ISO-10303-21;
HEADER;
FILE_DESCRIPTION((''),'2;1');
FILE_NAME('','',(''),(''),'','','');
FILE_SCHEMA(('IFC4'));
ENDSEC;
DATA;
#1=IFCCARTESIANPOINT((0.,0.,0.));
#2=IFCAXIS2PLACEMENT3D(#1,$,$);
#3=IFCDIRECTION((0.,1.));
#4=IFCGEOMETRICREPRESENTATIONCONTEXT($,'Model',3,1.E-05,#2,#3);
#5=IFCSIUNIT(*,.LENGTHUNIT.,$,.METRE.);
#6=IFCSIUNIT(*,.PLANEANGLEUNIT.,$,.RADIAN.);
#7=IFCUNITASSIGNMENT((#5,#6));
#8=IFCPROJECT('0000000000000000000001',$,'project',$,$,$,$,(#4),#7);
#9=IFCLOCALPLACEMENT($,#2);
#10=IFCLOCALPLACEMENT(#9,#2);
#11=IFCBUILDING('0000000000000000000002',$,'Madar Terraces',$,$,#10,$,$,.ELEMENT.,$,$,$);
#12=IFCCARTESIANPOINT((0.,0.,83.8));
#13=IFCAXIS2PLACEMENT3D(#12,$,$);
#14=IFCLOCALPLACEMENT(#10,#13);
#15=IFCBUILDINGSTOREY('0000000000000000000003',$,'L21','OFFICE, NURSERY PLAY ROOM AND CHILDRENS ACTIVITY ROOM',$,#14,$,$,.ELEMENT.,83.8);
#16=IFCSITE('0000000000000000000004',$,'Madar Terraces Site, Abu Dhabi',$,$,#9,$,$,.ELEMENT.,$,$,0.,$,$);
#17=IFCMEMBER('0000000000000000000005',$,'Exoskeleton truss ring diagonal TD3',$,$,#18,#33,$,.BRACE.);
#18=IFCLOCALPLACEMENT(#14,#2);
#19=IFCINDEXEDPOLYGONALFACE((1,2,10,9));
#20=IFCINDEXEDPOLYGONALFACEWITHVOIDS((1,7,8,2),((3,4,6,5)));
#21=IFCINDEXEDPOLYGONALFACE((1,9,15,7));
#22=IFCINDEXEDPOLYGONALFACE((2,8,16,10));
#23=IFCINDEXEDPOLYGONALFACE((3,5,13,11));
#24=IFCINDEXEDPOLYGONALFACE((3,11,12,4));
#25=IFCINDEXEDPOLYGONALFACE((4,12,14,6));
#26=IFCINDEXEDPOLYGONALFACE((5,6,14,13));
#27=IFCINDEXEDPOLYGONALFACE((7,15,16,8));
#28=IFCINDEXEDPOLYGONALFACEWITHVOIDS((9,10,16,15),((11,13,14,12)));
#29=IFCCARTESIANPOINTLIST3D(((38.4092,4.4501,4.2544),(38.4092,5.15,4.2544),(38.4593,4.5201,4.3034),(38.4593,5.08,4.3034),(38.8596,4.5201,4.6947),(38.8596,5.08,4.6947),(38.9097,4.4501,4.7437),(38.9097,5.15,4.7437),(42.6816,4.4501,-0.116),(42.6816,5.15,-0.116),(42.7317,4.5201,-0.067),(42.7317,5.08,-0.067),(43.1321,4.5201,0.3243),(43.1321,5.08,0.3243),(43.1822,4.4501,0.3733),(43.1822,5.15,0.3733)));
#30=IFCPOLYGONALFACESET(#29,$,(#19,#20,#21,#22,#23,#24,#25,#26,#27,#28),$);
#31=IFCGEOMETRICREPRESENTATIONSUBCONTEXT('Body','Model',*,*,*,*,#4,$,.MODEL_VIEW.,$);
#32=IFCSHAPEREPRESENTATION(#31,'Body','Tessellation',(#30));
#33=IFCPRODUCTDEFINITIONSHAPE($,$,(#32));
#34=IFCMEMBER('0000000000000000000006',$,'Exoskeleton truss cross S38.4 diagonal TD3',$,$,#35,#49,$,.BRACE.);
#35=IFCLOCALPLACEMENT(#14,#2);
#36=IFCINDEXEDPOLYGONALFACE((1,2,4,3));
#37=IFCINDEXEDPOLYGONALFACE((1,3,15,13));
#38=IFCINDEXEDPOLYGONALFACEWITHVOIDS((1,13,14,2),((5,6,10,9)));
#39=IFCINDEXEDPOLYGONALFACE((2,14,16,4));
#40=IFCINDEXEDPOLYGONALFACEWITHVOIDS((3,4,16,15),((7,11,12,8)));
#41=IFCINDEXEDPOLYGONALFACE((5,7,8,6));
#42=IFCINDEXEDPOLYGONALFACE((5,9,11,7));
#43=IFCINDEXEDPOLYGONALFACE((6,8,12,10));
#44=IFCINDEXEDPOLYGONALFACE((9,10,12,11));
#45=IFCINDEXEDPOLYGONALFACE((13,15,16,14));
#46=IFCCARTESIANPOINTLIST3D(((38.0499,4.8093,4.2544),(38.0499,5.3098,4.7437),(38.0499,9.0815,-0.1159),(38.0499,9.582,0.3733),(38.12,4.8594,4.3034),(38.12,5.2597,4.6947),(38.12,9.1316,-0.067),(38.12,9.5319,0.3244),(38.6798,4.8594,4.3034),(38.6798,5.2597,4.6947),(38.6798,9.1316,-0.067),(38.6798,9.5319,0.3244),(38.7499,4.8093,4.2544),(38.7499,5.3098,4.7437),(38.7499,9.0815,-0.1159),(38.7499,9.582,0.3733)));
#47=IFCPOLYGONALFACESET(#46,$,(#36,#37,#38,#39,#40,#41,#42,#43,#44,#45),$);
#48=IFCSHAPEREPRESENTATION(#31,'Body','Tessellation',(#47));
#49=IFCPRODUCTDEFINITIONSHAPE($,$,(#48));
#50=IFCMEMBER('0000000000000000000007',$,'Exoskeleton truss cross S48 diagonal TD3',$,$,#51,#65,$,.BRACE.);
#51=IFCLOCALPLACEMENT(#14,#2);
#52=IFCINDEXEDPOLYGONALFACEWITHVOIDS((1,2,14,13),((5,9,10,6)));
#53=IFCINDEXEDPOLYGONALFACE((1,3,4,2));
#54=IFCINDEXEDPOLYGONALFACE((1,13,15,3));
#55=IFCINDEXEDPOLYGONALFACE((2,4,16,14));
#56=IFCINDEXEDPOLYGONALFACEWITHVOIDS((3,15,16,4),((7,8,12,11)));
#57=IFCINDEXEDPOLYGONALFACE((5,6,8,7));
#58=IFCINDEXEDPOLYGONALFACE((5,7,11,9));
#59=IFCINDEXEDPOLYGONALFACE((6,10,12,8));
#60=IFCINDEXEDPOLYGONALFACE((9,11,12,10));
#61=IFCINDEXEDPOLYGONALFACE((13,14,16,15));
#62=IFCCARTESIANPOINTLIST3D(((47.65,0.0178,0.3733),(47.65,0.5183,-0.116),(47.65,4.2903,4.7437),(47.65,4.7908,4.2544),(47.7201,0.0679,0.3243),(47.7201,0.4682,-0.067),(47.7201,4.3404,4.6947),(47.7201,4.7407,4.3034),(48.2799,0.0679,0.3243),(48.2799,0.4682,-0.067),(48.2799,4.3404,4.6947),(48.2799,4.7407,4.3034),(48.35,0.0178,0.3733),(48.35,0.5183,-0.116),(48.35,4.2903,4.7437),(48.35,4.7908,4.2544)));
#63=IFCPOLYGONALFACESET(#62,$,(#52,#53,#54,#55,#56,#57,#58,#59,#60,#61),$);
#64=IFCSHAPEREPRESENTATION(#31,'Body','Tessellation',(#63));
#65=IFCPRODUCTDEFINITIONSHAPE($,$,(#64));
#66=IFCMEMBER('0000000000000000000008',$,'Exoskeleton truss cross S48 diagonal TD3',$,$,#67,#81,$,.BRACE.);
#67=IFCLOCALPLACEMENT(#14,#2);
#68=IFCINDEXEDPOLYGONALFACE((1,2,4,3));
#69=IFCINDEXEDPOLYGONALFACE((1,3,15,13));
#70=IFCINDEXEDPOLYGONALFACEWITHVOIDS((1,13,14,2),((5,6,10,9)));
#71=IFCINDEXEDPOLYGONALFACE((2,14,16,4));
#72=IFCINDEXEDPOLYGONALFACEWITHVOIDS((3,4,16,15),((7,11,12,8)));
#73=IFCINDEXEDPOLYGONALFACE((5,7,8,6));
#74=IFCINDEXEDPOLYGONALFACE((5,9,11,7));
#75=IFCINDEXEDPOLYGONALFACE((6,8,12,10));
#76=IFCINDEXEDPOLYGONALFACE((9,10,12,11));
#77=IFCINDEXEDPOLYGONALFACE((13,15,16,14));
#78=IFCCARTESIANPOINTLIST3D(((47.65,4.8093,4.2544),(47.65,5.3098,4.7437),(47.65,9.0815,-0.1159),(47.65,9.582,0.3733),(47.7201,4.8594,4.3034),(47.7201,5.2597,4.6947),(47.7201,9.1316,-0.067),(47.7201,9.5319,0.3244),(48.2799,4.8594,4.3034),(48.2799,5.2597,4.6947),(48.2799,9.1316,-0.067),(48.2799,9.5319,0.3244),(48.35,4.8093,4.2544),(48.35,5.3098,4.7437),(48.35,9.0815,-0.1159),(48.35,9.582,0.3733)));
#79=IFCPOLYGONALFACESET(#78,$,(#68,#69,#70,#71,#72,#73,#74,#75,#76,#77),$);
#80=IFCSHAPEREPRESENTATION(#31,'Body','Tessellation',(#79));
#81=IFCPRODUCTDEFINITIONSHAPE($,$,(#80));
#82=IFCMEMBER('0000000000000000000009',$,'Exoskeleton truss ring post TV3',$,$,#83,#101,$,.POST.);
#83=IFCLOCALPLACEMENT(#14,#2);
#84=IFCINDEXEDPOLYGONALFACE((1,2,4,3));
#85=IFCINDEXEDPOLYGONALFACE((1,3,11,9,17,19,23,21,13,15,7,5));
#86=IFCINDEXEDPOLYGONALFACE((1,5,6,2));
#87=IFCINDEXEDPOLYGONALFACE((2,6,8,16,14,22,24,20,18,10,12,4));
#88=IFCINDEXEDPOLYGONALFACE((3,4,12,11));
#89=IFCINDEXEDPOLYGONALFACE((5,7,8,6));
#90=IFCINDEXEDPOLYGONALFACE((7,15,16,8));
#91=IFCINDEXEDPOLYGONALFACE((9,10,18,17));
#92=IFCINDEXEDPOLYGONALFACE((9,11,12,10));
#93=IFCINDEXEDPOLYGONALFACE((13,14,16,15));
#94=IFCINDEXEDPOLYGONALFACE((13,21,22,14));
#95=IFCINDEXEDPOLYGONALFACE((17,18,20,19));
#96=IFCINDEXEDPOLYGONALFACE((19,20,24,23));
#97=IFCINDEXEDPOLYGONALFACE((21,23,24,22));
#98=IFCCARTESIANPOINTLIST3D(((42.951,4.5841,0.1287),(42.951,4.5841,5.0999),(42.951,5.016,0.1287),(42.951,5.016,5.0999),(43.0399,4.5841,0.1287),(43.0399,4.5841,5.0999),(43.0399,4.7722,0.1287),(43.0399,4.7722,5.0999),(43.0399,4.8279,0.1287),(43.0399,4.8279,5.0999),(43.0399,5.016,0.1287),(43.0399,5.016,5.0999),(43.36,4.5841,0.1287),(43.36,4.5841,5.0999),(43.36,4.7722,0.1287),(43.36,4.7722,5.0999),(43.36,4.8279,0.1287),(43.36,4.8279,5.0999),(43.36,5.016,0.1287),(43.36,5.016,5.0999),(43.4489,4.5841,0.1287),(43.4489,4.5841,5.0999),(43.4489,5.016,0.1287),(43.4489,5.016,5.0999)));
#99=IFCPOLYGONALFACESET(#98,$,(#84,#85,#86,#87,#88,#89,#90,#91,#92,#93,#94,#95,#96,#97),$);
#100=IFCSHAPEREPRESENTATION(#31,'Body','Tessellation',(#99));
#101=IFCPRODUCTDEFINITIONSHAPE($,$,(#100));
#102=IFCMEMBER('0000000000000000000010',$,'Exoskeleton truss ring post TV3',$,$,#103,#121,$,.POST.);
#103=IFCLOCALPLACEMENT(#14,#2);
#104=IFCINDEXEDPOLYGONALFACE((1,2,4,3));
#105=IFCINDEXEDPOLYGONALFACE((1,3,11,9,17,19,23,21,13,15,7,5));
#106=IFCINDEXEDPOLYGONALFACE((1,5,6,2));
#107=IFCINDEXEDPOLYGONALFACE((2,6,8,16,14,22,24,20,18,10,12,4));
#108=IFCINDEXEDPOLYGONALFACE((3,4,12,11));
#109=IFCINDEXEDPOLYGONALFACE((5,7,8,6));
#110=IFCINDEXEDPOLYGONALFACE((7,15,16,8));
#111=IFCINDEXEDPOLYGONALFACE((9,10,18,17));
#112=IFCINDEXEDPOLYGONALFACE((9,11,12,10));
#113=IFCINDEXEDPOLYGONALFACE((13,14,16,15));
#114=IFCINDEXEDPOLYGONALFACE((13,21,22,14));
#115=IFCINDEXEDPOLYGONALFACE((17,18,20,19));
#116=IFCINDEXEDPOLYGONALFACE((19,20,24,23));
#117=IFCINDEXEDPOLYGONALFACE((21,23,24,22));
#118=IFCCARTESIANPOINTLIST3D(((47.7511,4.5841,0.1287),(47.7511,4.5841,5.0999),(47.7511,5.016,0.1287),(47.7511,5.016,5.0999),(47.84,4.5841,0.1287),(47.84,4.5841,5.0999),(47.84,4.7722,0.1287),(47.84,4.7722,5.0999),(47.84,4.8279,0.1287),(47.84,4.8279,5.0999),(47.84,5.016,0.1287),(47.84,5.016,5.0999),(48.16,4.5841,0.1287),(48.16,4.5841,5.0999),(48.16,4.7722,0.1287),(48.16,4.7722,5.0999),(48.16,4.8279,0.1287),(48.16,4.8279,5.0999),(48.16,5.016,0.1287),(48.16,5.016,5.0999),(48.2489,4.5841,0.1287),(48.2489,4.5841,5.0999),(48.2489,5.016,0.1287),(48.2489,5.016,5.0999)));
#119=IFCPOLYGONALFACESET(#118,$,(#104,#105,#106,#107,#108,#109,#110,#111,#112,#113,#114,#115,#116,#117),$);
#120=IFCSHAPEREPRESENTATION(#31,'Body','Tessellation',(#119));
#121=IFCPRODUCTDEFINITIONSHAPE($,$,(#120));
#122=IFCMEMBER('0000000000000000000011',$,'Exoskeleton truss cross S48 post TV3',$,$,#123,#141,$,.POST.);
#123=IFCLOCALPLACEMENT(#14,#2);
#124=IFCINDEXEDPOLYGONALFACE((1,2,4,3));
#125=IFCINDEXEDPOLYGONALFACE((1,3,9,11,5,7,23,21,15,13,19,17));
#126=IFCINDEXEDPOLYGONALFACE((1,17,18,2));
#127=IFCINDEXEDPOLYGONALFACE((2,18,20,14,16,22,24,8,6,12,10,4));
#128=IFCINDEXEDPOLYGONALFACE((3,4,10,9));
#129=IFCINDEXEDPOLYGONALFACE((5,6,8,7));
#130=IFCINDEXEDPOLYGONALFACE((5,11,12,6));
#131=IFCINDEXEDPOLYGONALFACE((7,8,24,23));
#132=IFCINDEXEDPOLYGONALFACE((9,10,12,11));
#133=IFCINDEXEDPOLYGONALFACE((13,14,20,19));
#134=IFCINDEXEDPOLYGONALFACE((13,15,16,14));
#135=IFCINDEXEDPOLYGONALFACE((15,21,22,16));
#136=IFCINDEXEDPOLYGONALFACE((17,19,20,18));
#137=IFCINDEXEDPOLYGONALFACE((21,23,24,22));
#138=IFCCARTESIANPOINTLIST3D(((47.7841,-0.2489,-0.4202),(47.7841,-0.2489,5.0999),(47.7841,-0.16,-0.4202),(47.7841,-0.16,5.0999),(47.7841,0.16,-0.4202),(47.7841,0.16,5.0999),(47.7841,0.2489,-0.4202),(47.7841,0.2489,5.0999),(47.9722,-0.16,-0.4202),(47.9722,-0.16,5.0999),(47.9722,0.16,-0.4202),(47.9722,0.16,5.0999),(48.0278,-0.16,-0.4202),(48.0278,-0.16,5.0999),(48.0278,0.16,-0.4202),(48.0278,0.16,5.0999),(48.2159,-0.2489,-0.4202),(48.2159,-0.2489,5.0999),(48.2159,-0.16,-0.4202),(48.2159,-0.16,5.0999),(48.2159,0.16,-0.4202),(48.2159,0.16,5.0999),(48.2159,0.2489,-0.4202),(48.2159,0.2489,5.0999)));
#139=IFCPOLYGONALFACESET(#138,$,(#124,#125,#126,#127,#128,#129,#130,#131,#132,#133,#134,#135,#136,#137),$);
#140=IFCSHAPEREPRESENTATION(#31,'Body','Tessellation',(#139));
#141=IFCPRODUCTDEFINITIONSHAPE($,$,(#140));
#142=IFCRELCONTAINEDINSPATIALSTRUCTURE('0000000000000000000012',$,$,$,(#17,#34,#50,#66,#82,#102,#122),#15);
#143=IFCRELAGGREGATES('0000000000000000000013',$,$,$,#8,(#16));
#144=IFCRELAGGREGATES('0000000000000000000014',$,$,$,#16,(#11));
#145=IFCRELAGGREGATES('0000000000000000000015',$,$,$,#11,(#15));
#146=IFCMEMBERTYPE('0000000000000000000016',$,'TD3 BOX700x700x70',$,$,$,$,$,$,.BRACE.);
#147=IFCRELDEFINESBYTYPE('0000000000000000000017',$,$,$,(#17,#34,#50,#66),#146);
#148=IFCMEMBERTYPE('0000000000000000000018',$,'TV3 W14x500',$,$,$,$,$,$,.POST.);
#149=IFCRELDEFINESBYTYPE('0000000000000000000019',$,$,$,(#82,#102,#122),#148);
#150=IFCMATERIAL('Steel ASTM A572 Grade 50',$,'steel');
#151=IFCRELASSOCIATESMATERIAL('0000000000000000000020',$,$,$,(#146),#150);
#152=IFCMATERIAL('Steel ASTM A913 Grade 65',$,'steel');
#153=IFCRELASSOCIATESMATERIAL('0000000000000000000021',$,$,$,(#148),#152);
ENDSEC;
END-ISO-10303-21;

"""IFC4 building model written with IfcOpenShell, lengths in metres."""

from ifc_helpers import new_model, si_unit, direction, frame, origin, origin_2d, place, context, subcontext, project, spatial, hollow_rectangle, i_section, extrude, material, material_profile, profile_set, type_object, element, save


model = new_model("IFC4")

# Units and contexts
model_context = context("Model", 3, precision=1e-05, world=origin(), true_north=direction((0.0, 1.0)))
body_context = subcontext(model_context, "Body", "Model", "MODEL_VIEW")
ifc_project = project(units=[si_unit("LENGTHUNIT", "METRE"), si_unit("PLANEANGLEUNIT", "RADIAN")], contexts=[model_context])

# Site, building, storey
site_placement = place(None, origin())
site = spatial("IfcSite", under=ifc_project, at=site_placement, Name="Madar Terraces Site, Abu Dhabi", CompositionType="ELEMENT", RefElevation=0.0)
building_placement = place(site_placement, origin())
building = spatial("IfcBuilding", under=site, at=building_placement, Name="Madar Terraces", CompositionType="ELEMENT")
storey_placement = place(building_placement, frame((0.0, 0.0, 83.8)))
storey = spatial("IfcBuildingStorey", under=building, at=storey_placement, Name="L21", Description="OFFICE, NURSERY PLAY ROOM AND CHILDRENS ACTIVITY ROOM", CompositionType="ELEMENT", Elevation=83.8)

# Members
ifc_material_1 = material(Name="Steel ASTM A572 Grade 50", Category="steel")
ifc_material_profile_1 = material_profile(ifc_material_1, hollow_rectangle(XDim=0.7, YDim=0.7, WallThickness=0.0701, at=origin_2d()), Name="BOX700x700x70")
ifc_profile_set_1 = profile_set([ifc_material_profile_1], Name="Steel ASTM A572 Grade 50")
member_type_1 = type_object("IfcMemberType", Name="TD3 BOX700x700x70", PredefinedType="BRACE", material=ifc_profile_set_1)
member_1_placement = place(storey_placement, frame((38.6594, 4.8, 4.499), z_axis=(0.699052, 0.0, -0.715071), x_axis=(0.0, 1.0, 0.0)))
element("IfcMember", 1, at=member_1_placement, inside=storey, type_object=member_type_1, Name="Exoskeleton truss ring diagonal TD3", PredefinedType="BRACE", context=body_context, shape_type="SweptSolid", body=[
    extrude(hollow_rectangle(XDim=0.7, YDim=0.7, WallThickness=0.0701, at=origin_2d()), origin(), (0.0, 0.0, 1.0), 6.1118),
])
member_2_placement = place(storey_placement, frame((38.3999, 5.0596, 4.499), z_axis=(0.0, 0.699032, -0.715091), x_axis=(-1.0, 0.0, 0.0)))
element("IfcMember", 2, at=member_2_placement, inside=storey, type_object=member_type_1, Name="Exoskeleton truss cross S38.4 diagonal TD3", PredefinedType="BRACE", context=body_context, shape_type="SweptSolid", body=[
    extrude(hollow_rectangle(XDim=0.7, YDim=0.7, WallThickness=0.0701, at=origin_2d()), origin(), (0.0, 0.0, 1.0), 6.1116),
])
member_3_placement = place(storey_placement, frame((48.0, 0.2681, 0.1287), z_axis=(0.0, 0.699052, 0.715071), x_axis=(-1.0, 0.0, 0.0)))
element("IfcMember", 3, at=member_3_placement, inside=storey, type_object=member_type_1, Name="Exoskeleton truss cross S48 diagonal TD3", PredefinedType="BRACE", context=body_context, shape_type="SweptSolid", body=[
    extrude(hollow_rectangle(XDim=0.7, YDim=0.7, WallThickness=0.0701, at=origin_2d()), origin(), (0.0, 0.0, 1.0), 6.1118),
])
member_4_placement = place(storey_placement, frame((48.0, 5.0596, 4.499), z_axis=(0.0, 0.699032, -0.715091), x_axis=(-1.0, 0.0, 0.0)))
element("IfcMember", 4, at=member_4_placement, inside=storey, type_object=member_type_1, Name="Exoskeleton truss cross S48 diagonal TD3", PredefinedType="BRACE", context=body_context, shape_type="SweptSolid", body=[
    extrude(hollow_rectangle(XDim=0.7, YDim=0.7, WallThickness=0.0701, at=origin_2d()), origin(), (0.0, 0.0, 1.0), 6.1116),
])
ifc_material_2 = material(Name="Steel ASTM A913 Grade 65", Category="steel")
ifc_material_profile_2 = material_profile(ifc_material_2, i_section(OverallWidth=0.4319, OverallDepth=0.4978, WebThickness=0.0557, FlangeThickness=0.0889, at=origin_2d()), Name="W14x500")
ifc_profile_set_2 = profile_set([ifc_material_profile_2], Name="Steel ASTM A913 Grade 65")
member_type_2 = type_object("IfcMemberType", Name="TV3 W14x500", PredefinedType="POST", material=ifc_profile_set_2)
for number, where, z_axis, x_axis, name in (
    (5, (43.2, 4.8, 0.1287), (0.0, 0.0, 1.0), (0.0, 1.0, 0.0), "Exoskeleton truss ring post TV3"),
    (6, (48.0, 4.8, 0.1287), (0.0, 0.0, 1.0), (0.0, 1.0, 0.0), "Exoskeleton truss ring post TV3"),
):
    element("IfcMember", number, at=place(storey_placement, frame(where, z_axis=z_axis, x_axis=x_axis)), inside=storey, type_object=member_type_2, Name=name, PredefinedType="POST", context=body_context, shape_type="SweptSolid", body=[
        extrude(i_section(OverallWidth=0.4319, OverallDepth=0.4978, WebThickness=0.0557, FlangeThickness=0.0889, at=origin_2d()), origin(), (0.0, 0.0, 1.0), 4.9712),
    ])
member_5_placement = place(storey_placement, frame((48.0, 0.0, -0.4202), z_axis=(0.0, 0.0, 1.0), x_axis=(-1.0, 0.0, 0.0)))
element("IfcMember", 7, at=member_5_placement, inside=storey, type_object=member_type_2, Name="Exoskeleton truss cross S48 post TV3", PredefinedType="POST", context=body_context, shape_type="SweptSolid", body=[
    extrude(i_section(OverallWidth=0.4319, OverallDepth=0.4978, WebThickness=0.0557, FlangeThickness=0.0889, at=origin_2d()), origin(), (0.0, 0.0, 1.0), 5.52),
])

save(model, "model.ifc")
